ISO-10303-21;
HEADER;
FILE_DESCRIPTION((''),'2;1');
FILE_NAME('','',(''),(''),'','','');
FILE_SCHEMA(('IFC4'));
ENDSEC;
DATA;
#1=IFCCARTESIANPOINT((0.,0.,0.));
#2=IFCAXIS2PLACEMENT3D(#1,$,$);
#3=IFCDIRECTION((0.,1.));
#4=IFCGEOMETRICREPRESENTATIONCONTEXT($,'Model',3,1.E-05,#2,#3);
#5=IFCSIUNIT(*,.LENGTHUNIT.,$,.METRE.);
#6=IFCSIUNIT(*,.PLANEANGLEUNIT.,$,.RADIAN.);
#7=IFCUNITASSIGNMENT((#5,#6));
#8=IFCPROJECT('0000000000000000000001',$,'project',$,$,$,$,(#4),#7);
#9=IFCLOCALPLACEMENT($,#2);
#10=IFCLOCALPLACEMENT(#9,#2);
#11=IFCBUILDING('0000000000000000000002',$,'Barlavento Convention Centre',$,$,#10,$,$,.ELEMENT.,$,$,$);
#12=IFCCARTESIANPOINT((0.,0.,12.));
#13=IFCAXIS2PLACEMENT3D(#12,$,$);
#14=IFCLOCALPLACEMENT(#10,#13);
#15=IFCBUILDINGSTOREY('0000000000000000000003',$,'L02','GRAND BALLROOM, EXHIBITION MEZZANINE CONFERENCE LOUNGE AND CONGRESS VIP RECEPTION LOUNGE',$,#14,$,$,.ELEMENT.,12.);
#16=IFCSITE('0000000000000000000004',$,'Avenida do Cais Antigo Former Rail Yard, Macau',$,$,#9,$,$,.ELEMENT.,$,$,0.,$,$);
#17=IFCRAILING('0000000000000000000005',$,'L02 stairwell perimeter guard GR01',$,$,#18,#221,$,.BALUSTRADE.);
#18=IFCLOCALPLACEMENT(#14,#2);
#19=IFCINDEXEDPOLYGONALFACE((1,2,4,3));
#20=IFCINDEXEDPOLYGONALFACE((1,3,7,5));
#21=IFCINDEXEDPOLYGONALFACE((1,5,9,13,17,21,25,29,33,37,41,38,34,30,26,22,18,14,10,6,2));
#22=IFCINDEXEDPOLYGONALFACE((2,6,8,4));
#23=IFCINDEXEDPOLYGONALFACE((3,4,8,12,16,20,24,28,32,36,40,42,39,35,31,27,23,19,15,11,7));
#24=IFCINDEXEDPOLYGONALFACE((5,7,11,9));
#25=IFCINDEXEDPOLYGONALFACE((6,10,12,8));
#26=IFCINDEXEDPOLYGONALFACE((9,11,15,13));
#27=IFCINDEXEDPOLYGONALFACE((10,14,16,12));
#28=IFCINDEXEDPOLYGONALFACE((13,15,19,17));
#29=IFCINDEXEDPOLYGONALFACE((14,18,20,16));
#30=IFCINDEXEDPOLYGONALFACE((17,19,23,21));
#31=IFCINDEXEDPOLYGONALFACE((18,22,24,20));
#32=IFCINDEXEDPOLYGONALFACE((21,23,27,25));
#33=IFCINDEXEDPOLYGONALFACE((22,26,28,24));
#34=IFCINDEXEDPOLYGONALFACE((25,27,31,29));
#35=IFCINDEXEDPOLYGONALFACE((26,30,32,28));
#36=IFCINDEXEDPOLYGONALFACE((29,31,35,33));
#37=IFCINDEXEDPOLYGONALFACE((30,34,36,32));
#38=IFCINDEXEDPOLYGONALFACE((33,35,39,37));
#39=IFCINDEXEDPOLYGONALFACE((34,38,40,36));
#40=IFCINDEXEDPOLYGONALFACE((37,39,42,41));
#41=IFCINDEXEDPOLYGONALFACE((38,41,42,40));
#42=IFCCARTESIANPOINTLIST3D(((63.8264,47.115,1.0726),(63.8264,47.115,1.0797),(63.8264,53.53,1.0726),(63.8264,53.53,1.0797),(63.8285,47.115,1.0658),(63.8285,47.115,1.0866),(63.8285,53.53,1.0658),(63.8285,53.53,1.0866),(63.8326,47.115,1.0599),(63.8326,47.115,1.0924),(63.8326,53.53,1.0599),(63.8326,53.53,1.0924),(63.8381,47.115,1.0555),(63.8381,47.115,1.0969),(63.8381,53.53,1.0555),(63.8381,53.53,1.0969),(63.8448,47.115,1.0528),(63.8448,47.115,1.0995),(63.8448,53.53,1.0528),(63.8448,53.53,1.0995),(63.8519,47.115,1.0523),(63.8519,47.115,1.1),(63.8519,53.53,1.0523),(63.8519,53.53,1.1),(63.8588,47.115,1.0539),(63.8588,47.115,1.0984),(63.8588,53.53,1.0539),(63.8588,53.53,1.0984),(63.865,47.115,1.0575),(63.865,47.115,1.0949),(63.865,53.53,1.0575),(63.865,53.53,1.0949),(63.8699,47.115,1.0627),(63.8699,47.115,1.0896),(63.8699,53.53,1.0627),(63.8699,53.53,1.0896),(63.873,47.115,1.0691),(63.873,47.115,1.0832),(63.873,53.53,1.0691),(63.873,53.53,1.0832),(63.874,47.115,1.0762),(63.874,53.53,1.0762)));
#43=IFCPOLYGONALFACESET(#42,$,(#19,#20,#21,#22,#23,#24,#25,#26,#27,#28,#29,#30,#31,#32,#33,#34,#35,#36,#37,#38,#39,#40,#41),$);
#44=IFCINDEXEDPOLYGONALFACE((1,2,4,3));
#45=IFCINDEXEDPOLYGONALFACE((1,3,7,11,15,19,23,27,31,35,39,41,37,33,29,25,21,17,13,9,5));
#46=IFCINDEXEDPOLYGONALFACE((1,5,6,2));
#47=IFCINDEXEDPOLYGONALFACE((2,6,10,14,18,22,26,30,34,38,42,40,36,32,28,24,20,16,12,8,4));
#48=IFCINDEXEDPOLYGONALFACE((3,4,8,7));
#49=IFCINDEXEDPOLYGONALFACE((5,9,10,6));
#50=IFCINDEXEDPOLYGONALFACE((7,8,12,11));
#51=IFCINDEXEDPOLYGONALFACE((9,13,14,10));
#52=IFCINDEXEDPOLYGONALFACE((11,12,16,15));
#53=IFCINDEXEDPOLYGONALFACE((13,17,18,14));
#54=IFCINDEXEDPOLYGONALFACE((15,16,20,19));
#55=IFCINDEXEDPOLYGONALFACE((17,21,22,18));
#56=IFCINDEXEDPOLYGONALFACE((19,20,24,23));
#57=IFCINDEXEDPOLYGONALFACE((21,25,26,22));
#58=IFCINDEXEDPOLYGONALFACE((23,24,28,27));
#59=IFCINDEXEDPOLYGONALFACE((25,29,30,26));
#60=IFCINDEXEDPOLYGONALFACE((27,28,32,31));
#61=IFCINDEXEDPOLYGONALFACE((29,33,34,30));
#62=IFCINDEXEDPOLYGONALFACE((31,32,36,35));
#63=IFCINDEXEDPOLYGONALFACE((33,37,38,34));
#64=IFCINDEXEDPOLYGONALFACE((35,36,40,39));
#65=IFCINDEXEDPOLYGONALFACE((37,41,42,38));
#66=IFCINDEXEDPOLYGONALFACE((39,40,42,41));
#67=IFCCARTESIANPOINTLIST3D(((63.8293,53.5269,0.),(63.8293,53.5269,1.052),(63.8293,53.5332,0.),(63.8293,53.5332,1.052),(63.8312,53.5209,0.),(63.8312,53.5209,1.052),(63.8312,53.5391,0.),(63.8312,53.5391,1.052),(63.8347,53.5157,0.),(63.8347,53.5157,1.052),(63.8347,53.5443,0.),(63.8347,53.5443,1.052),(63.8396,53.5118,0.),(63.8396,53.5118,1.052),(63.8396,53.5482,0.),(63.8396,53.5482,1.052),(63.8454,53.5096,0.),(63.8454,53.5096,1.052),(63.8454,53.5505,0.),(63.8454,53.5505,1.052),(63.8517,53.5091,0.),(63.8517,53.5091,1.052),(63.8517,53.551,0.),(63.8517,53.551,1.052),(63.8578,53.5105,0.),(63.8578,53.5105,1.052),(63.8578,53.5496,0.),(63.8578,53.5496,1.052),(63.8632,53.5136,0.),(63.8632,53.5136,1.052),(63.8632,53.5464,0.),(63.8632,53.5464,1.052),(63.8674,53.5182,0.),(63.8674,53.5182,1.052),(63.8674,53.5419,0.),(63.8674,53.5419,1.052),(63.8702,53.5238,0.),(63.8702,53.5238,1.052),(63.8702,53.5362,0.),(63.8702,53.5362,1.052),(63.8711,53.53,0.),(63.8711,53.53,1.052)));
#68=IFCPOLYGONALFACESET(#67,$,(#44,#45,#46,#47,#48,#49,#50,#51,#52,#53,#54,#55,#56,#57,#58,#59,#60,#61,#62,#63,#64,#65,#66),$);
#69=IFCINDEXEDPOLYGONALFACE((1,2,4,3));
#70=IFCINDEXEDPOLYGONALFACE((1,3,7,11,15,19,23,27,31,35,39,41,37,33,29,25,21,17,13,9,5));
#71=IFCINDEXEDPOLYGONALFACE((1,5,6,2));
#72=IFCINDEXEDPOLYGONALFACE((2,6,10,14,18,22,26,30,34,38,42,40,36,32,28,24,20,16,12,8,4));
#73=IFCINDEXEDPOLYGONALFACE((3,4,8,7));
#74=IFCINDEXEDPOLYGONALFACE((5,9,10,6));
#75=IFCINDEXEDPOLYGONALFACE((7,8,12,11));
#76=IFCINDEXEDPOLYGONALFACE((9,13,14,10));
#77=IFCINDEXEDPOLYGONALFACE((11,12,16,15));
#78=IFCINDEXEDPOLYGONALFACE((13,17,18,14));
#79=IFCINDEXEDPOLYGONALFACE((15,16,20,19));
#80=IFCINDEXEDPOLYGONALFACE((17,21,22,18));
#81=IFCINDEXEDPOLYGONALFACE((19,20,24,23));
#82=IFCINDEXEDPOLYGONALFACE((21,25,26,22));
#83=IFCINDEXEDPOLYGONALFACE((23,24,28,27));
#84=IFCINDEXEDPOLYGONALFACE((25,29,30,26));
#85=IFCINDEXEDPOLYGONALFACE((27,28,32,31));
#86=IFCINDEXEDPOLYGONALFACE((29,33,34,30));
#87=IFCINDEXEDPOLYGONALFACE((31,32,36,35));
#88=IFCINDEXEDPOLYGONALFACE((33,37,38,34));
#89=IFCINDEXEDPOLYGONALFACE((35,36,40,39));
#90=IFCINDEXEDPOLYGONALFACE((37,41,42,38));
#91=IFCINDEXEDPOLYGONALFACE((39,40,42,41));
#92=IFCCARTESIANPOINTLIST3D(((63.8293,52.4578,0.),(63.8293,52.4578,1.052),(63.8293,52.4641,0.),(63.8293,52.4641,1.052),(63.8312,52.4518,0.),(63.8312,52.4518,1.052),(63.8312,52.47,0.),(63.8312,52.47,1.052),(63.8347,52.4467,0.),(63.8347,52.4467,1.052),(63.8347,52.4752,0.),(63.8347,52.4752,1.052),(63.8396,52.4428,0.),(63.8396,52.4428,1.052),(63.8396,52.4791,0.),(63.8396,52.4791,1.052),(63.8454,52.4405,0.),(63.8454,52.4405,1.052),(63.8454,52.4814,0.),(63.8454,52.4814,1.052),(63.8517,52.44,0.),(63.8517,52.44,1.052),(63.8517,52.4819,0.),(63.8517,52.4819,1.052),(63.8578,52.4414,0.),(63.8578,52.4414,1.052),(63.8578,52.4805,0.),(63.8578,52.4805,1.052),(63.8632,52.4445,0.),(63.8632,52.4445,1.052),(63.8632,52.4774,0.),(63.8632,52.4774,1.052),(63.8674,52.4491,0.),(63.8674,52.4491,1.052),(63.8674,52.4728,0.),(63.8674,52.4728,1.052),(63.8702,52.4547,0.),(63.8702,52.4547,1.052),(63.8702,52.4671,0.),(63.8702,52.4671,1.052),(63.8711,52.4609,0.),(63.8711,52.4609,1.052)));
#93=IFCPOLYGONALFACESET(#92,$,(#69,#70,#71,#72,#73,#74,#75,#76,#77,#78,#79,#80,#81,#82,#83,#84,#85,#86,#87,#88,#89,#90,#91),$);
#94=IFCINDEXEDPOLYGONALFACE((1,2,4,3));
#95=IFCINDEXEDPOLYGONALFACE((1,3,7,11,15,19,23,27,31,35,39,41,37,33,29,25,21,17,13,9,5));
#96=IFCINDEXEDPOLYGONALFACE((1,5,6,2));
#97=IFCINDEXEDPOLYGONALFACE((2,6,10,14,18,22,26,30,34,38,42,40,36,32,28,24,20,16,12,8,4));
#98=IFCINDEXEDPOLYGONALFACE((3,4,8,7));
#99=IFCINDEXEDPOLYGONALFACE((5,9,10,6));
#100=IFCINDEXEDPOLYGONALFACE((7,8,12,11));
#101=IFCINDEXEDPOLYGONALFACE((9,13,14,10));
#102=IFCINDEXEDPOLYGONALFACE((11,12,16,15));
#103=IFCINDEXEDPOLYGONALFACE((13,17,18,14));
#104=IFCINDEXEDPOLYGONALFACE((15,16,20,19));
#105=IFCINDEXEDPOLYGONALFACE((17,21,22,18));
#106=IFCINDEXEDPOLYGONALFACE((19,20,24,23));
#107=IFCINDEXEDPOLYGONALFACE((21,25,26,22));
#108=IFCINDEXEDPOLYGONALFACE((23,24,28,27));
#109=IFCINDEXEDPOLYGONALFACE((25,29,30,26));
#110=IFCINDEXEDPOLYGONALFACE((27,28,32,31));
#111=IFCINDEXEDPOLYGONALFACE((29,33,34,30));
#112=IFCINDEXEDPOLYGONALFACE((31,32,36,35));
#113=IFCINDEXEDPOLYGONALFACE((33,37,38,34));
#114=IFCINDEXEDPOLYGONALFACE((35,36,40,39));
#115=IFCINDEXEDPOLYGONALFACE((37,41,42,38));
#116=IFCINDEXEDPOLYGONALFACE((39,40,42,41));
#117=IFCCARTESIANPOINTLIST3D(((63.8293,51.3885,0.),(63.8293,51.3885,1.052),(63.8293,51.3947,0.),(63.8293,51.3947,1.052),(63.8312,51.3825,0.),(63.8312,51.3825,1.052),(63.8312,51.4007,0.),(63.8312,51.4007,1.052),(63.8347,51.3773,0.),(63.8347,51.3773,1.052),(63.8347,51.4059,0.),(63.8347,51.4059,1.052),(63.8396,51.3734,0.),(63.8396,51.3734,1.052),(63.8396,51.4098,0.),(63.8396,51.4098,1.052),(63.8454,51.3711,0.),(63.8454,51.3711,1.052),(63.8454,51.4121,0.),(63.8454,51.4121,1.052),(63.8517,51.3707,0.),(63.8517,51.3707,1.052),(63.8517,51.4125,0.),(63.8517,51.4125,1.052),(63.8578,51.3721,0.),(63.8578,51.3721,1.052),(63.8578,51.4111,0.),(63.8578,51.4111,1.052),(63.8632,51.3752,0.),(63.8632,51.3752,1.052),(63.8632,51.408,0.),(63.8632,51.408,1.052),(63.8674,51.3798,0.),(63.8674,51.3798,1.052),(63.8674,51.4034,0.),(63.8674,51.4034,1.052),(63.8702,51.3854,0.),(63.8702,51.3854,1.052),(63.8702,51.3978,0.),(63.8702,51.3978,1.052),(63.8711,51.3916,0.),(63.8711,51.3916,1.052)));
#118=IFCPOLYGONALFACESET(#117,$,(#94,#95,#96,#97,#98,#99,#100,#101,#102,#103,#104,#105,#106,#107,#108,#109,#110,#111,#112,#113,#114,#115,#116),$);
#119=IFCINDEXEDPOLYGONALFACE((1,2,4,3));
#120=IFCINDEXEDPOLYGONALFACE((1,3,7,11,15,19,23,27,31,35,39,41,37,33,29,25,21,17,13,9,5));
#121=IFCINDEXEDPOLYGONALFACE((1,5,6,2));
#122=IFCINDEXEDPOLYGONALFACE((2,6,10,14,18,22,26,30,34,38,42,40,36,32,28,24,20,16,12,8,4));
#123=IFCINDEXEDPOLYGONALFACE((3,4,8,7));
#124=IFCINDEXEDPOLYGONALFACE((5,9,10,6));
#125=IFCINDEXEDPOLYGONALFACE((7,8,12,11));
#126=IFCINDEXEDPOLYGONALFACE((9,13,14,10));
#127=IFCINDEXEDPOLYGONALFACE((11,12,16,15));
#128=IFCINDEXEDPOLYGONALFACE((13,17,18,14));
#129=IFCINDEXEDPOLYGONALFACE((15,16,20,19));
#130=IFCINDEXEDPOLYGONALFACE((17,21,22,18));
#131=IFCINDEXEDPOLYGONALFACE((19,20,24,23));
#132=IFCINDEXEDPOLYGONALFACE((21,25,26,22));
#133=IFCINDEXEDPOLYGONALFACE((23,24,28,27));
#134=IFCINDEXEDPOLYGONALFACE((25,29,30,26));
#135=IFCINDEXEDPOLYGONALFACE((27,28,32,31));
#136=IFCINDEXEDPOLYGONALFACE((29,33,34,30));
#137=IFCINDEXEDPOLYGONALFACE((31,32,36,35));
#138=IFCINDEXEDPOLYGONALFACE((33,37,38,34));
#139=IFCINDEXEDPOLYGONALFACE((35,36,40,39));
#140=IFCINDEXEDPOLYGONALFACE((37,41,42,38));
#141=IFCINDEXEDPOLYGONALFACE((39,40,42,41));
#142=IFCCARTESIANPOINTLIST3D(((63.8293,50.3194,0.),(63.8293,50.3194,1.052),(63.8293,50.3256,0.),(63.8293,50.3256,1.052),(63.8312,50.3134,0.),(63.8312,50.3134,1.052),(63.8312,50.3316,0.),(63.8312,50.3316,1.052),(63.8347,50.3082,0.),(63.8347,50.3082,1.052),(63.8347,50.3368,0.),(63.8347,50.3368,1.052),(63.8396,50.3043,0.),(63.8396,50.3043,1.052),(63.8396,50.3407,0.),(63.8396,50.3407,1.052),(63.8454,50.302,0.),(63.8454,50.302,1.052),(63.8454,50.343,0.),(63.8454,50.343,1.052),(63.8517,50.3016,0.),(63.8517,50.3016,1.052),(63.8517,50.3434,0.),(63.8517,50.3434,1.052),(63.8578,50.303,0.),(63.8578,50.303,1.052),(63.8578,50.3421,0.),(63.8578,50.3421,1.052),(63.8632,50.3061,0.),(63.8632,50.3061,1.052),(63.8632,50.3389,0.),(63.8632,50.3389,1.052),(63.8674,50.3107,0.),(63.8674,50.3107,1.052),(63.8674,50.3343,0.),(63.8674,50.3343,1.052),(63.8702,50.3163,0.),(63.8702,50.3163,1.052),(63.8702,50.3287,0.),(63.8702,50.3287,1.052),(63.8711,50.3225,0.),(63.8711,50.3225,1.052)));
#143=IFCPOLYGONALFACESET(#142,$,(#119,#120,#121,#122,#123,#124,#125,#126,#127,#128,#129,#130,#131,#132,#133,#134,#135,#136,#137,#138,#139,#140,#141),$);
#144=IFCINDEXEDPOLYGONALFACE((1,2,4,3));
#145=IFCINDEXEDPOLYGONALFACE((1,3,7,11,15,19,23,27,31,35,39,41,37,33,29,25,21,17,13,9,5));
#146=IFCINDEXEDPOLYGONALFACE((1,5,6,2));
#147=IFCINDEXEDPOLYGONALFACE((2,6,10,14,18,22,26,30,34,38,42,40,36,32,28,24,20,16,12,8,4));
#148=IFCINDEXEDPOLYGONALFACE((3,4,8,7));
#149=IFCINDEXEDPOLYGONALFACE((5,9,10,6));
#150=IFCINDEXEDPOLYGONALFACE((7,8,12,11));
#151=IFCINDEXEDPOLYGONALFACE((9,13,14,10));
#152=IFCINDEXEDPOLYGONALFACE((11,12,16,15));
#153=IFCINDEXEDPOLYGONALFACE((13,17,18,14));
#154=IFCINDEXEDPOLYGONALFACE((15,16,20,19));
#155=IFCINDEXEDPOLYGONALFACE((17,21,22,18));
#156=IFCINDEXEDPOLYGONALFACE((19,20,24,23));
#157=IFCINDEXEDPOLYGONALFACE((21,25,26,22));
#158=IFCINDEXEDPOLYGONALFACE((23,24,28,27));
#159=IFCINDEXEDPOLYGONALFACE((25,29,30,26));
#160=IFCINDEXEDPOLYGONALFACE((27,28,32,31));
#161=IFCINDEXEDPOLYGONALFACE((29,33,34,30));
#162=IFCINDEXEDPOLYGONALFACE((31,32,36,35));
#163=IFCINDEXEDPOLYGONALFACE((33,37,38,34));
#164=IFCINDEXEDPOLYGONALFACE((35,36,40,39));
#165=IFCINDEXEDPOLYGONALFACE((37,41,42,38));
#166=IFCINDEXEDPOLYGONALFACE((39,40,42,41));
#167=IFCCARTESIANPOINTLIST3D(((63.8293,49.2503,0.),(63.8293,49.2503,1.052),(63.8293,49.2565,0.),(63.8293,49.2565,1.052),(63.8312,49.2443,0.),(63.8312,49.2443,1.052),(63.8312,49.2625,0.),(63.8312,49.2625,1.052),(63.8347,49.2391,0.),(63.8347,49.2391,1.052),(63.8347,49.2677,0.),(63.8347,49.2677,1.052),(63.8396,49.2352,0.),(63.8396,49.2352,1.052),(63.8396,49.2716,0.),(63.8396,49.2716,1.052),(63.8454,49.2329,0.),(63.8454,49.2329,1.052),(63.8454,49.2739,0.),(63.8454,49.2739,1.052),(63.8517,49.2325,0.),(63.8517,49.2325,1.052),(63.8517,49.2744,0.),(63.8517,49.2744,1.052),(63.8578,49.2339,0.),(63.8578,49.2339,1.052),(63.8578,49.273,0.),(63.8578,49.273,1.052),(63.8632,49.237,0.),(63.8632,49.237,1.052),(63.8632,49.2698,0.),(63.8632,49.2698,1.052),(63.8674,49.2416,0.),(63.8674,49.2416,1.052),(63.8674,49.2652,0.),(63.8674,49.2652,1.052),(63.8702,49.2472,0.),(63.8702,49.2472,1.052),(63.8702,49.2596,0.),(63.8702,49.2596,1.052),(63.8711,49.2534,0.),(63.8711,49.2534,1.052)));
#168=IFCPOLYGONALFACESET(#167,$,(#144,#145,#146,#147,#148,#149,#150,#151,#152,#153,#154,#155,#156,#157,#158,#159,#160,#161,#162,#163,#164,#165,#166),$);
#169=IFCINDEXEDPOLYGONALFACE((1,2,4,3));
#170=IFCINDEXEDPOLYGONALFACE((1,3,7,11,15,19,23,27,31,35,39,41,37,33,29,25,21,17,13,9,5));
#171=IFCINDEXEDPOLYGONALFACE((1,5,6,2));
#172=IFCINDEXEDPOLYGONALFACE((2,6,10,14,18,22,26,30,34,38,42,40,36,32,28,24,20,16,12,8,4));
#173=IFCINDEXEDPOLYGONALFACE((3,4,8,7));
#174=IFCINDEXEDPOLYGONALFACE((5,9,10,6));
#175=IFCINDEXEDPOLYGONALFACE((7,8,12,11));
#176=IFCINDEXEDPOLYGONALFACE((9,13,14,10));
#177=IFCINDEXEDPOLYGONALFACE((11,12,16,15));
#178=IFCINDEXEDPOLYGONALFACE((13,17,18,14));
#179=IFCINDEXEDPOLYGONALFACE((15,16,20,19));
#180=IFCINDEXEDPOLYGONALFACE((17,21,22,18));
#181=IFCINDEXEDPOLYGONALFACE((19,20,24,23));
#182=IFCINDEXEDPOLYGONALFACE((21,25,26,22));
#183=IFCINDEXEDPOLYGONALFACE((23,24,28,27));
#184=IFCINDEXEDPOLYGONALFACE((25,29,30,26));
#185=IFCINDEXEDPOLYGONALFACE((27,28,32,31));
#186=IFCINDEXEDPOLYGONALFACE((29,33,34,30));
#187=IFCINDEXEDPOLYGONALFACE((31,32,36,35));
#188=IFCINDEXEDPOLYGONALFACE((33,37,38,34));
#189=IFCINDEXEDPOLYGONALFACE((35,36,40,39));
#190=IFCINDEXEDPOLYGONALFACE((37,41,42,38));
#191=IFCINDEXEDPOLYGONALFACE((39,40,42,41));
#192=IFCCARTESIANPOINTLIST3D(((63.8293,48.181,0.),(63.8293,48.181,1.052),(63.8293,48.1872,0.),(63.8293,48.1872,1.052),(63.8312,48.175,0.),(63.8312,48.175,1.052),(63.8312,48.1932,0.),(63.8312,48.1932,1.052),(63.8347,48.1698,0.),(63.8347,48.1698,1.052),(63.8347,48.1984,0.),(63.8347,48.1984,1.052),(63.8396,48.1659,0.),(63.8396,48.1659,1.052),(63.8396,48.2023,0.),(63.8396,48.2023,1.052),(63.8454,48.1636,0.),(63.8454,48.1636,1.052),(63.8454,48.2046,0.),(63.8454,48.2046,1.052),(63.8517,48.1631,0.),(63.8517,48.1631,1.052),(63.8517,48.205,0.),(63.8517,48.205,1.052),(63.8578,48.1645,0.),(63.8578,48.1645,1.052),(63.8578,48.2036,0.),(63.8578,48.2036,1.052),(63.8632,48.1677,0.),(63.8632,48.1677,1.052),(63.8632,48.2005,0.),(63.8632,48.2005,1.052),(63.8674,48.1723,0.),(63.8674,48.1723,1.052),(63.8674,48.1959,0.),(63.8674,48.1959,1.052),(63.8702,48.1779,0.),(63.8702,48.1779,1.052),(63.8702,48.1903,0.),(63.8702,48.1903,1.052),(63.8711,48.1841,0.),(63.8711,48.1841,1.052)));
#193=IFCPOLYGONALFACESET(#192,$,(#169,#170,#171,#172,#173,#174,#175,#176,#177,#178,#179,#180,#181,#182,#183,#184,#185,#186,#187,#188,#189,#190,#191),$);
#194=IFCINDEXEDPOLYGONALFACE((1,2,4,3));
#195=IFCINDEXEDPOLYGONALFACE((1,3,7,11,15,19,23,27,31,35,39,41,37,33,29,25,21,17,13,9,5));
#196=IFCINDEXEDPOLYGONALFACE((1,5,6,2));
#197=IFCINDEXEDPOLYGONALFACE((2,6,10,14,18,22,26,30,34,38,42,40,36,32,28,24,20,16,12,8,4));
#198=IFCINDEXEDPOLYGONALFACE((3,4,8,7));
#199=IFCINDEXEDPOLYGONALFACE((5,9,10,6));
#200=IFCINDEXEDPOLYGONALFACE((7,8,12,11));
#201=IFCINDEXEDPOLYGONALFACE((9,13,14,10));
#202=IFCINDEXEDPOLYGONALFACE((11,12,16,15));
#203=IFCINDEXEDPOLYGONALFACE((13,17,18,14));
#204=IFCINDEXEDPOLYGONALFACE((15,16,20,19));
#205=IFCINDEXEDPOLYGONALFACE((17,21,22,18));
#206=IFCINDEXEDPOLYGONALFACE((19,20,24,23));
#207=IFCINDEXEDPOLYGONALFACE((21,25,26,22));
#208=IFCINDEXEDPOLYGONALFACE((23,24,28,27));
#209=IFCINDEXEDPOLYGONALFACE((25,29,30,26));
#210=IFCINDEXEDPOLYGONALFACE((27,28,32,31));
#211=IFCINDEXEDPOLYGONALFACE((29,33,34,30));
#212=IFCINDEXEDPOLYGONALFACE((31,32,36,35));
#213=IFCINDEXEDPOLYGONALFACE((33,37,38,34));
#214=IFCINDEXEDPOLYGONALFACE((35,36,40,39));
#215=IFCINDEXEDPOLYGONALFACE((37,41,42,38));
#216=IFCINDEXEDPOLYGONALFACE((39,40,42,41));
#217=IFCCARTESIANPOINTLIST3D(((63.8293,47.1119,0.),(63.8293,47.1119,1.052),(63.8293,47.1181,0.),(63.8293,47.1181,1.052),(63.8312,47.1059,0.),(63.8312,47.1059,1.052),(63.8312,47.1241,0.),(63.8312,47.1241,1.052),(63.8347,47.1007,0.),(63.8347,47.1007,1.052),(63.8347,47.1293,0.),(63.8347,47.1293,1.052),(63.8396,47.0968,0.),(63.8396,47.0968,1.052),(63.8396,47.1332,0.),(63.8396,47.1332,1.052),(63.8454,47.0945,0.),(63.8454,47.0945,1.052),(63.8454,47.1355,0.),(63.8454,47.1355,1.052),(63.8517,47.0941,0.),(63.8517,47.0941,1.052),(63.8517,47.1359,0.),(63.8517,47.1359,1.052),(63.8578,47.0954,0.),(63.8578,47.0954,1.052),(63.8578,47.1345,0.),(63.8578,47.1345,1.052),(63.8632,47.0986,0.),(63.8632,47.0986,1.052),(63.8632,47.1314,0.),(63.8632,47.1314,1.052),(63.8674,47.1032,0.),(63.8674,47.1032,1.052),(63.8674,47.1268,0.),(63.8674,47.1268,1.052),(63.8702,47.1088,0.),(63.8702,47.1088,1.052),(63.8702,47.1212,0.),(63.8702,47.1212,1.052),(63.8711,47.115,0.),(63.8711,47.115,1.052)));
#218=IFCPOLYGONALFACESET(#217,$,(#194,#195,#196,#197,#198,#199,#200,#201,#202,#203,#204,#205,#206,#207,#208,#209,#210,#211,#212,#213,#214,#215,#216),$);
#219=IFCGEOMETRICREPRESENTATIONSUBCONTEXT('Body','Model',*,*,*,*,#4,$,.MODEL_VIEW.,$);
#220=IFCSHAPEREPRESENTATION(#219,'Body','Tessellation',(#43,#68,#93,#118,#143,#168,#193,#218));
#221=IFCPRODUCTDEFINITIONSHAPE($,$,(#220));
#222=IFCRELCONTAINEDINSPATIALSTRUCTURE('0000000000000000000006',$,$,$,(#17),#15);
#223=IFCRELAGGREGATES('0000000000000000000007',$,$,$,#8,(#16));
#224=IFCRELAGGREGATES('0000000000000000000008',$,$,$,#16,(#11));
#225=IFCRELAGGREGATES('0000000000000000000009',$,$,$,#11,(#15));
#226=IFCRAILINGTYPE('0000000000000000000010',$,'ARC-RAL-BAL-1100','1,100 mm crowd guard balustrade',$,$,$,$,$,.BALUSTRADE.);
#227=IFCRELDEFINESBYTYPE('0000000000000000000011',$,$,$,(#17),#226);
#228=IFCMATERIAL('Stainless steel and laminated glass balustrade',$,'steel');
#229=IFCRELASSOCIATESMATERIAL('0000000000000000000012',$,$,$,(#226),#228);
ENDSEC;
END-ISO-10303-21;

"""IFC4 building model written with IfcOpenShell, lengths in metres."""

from ifc_helpers import new_model, si_unit, direction, frame, origin, origin_2d, place, context, subcontext, project, spatial, circle, extrude, material, type_object, element, save


model = new_model("IFC4")

# Units and contexts
model_context = context("Model", 3, precision=1e-05, world=origin(), true_north=direction((0.0, 1.0)))
body_context = subcontext(model_context, "Body", "Model", "MODEL_VIEW")
ifc_project = project(units=[si_unit("LENGTHUNIT", "METRE"), si_unit("PLANEANGLEUNIT", "RADIAN")], contexts=[model_context])

# Site, building, storey
site_placement = place(None, origin())
site = spatial("IfcSite", under=ifc_project, at=site_placement, Name="Avenida do Cais Antigo Former Rail Yard, Macau", CompositionType="ELEMENT", RefElevation=0.0)
building_placement = place(site_placement, origin())
building = spatial("IfcBuilding", under=site, at=building_placement, Name="Barlavento Convention Centre", CompositionType="ELEMENT")
storey_placement = place(building_placement, frame((0.0, 0.0, 12.0)))
storey = spatial("IfcBuildingStorey", under=building, at=storey_placement, Name="L02", Description="GRAND BALLROOM, EXHIBITION MEZZANINE CONFERENCE LOUNGE AND CONGRESS VIP RECEPTION LOUNGE", CompositionType="ELEMENT", Elevation=12.0)

# Railing
ifc_material_1 = material(Name="Stainless steel and laminated glass balustrade", Category="steel")
railing_type_1 = type_object("IfcRailingType", Name="ARC-RAL-BAL-1100", Description="1,100 mm crowd guard balustrade", PredefinedType="BALUSTRADE", material=ifc_material_1)
railing_1_placement = place(storey_placement, frame((63.8501, 53.53, 0.0)))
element("IfcRailing", 1, at=railing_1_placement, inside=storey, type_object=railing_type_1, Name="L02 stairwell perimeter guard GR01", PredefinedType="BALUSTRADE", context=body_context, shape_type="SweptSolid", body=[
    extrude(circle(Radius=0.0239, at=origin_2d()), frame((0.0, 0.0, 1.0762), z_axis=(0.0, -1.0, 0.0), x_axis=(1.0, 0.0, 0.0)), (0.0, 0.0, 1.0), 6.415),
    extrude(circle(Radius=0.021, at=origin_2d()), origin(), (0.0, 0.0, 1.0), 1.052),
    extrude(circle(Radius=0.021, at=origin_2d()), frame((0.0, -1.0691, 0.0)), (0.0, 0.0, 1.0), 1.052),
    extrude(circle(Radius=0.021, at=origin_2d()), frame((0.0, -2.1384, 0.0)), (0.0, 0.0, 1.0), 1.052),
    extrude(circle(Radius=0.021, at=origin_2d()), frame((0.0, -3.2075, 0.0)), (0.0, 0.0, 1.0), 1.052),
    extrude(circle(Radius=0.021, at=origin_2d()), frame((0.0, -4.2766, 0.0)), (0.0, 0.0, 1.0), 1.052),
    extrude(circle(Radius=0.021, at=origin_2d()), frame((0.0, -5.3459, 0.0)), (0.0, 0.0, 1.0), 1.052),
    extrude(circle(Radius=0.021, at=origin_2d()), frame((0.0, -6.415, 0.0)), (0.0, 0.0, 1.0), 1.052),
])

save(model, "model.ifc")
